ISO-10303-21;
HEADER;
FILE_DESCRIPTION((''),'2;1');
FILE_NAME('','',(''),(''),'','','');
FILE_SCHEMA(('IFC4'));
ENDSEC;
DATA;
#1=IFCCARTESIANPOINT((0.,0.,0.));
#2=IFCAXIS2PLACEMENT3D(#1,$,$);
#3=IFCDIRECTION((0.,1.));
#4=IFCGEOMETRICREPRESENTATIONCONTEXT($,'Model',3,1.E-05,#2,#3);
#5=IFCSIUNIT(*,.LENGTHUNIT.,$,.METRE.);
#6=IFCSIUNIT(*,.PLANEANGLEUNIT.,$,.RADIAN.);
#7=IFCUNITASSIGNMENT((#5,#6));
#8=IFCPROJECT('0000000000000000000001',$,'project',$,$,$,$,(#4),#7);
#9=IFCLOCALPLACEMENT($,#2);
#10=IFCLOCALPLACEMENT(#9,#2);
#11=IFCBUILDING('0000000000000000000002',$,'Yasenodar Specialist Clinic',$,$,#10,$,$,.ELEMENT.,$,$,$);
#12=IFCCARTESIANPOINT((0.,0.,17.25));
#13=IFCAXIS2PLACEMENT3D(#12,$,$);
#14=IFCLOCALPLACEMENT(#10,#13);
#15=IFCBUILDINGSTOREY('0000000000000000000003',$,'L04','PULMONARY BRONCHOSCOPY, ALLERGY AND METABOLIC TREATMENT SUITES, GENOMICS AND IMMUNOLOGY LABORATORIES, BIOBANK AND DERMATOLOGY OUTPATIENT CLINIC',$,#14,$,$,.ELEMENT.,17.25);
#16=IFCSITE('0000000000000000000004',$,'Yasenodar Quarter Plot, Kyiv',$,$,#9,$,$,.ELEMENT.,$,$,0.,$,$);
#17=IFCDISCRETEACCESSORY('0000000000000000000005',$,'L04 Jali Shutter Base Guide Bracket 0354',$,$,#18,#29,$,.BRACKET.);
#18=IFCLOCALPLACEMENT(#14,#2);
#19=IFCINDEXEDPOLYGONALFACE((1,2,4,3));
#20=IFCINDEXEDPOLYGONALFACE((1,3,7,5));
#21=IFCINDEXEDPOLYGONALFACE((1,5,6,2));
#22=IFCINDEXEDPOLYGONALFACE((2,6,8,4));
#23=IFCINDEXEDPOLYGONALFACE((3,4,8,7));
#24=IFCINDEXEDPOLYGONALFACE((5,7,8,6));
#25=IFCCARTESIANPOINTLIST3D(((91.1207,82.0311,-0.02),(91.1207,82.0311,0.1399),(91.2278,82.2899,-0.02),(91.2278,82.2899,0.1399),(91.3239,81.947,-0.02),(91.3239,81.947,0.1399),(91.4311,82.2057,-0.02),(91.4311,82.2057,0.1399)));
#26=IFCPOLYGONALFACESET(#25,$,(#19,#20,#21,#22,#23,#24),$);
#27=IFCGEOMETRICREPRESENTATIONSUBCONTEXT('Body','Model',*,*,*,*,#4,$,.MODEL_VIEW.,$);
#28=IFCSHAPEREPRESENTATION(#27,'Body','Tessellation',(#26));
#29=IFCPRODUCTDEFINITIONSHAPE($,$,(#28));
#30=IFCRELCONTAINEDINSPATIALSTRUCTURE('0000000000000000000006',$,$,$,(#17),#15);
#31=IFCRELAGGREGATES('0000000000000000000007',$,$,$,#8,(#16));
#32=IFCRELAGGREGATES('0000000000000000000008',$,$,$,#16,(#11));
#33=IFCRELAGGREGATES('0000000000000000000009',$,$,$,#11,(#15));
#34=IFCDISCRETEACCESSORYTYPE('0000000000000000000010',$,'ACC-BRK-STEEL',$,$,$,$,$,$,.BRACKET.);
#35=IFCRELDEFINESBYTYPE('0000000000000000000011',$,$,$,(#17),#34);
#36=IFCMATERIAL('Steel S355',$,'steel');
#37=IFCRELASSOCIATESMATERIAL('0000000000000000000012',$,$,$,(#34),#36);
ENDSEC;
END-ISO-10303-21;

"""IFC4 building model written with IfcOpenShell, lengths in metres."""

from ifc_helpers import new_model, si_unit, direction, frame, origin, origin_2d, place, context, subcontext, project, spatial, rectangle, extrude, material, type_object, element, save


model = new_model("IFC4")

# Units and contexts
model_context = context("Model", 3, precision=1e-05, world=origin(), true_north=direction((0.0, 1.0)))
body_context = subcontext(model_context, "Body", "Model", "MODEL_VIEW")
ifc_project = project(units=[si_unit("LENGTHUNIT", "METRE"), si_unit("PLANEANGLEUNIT", "RADIAN")], contexts=[model_context])

# Site, building, storey
site_placement = place(None, origin())
site = spatial("IfcSite", under=ifc_project, at=site_placement, Name="Yasenodar Quarter Plot, Kyiv", CompositionType="ELEMENT", RefElevation=0.0)
building_placement = place(site_placement, origin())
building = spatial("IfcBuilding", under=site, at=building_placement, Name="Yasenodar Specialist Clinic", CompositionType="ELEMENT")
storey_placement = place(building_placement, frame((0.0, 0.0, 17.25)))
storey = spatial("IfcBuildingStorey", under=building, at=storey_placement, Name="L04", Description="PULMONARY BRONCHOSCOPY, ALLERGY AND METABOLIC TREATMENT SUITES, GENOMICS AND IMMUNOLOGY LABORATORIES, BIOBANK AND DERMATOLOGY OUTPATIENT CLINIC", CompositionType="ELEMENT", Elevation=17.25)

# Shared definitions
ifc_material_1 = material(Name="Steel S355", Category="steel")

# Discrete accessory
discrete_accessory_type = type_object("IfcDiscreteAccessoryType", Name="ACC-BRK-STEEL", PredefinedType="BRACKET", material=ifc_material_1)
for number, where, z_axis, x_axis, name in (
    (1, (91.2759, 82.1184, -0.02), (0.0, 0.0, 1.0), (-0.923878, 0.382687, 0.0), "L04 Jali Shutter Base Guide Bracket 0354"),
):
    element("IfcDiscreteAccessory", number, at=place(storey_placement, frame(where, z_axis=z_axis, x_axis=x_axis)), inside=storey, type_object=discrete_accessory_type, Name=name, PredefinedType="BRACKET", context=body_context, shape_type="SweptSolid", body=[
        extrude(rectangle(XDim=0.22, YDim=0.28, at=origin_2d()), origin(), (0.0, 0.0, 1.0), 0.1599),
    ])

save(model, "model.ifc")
